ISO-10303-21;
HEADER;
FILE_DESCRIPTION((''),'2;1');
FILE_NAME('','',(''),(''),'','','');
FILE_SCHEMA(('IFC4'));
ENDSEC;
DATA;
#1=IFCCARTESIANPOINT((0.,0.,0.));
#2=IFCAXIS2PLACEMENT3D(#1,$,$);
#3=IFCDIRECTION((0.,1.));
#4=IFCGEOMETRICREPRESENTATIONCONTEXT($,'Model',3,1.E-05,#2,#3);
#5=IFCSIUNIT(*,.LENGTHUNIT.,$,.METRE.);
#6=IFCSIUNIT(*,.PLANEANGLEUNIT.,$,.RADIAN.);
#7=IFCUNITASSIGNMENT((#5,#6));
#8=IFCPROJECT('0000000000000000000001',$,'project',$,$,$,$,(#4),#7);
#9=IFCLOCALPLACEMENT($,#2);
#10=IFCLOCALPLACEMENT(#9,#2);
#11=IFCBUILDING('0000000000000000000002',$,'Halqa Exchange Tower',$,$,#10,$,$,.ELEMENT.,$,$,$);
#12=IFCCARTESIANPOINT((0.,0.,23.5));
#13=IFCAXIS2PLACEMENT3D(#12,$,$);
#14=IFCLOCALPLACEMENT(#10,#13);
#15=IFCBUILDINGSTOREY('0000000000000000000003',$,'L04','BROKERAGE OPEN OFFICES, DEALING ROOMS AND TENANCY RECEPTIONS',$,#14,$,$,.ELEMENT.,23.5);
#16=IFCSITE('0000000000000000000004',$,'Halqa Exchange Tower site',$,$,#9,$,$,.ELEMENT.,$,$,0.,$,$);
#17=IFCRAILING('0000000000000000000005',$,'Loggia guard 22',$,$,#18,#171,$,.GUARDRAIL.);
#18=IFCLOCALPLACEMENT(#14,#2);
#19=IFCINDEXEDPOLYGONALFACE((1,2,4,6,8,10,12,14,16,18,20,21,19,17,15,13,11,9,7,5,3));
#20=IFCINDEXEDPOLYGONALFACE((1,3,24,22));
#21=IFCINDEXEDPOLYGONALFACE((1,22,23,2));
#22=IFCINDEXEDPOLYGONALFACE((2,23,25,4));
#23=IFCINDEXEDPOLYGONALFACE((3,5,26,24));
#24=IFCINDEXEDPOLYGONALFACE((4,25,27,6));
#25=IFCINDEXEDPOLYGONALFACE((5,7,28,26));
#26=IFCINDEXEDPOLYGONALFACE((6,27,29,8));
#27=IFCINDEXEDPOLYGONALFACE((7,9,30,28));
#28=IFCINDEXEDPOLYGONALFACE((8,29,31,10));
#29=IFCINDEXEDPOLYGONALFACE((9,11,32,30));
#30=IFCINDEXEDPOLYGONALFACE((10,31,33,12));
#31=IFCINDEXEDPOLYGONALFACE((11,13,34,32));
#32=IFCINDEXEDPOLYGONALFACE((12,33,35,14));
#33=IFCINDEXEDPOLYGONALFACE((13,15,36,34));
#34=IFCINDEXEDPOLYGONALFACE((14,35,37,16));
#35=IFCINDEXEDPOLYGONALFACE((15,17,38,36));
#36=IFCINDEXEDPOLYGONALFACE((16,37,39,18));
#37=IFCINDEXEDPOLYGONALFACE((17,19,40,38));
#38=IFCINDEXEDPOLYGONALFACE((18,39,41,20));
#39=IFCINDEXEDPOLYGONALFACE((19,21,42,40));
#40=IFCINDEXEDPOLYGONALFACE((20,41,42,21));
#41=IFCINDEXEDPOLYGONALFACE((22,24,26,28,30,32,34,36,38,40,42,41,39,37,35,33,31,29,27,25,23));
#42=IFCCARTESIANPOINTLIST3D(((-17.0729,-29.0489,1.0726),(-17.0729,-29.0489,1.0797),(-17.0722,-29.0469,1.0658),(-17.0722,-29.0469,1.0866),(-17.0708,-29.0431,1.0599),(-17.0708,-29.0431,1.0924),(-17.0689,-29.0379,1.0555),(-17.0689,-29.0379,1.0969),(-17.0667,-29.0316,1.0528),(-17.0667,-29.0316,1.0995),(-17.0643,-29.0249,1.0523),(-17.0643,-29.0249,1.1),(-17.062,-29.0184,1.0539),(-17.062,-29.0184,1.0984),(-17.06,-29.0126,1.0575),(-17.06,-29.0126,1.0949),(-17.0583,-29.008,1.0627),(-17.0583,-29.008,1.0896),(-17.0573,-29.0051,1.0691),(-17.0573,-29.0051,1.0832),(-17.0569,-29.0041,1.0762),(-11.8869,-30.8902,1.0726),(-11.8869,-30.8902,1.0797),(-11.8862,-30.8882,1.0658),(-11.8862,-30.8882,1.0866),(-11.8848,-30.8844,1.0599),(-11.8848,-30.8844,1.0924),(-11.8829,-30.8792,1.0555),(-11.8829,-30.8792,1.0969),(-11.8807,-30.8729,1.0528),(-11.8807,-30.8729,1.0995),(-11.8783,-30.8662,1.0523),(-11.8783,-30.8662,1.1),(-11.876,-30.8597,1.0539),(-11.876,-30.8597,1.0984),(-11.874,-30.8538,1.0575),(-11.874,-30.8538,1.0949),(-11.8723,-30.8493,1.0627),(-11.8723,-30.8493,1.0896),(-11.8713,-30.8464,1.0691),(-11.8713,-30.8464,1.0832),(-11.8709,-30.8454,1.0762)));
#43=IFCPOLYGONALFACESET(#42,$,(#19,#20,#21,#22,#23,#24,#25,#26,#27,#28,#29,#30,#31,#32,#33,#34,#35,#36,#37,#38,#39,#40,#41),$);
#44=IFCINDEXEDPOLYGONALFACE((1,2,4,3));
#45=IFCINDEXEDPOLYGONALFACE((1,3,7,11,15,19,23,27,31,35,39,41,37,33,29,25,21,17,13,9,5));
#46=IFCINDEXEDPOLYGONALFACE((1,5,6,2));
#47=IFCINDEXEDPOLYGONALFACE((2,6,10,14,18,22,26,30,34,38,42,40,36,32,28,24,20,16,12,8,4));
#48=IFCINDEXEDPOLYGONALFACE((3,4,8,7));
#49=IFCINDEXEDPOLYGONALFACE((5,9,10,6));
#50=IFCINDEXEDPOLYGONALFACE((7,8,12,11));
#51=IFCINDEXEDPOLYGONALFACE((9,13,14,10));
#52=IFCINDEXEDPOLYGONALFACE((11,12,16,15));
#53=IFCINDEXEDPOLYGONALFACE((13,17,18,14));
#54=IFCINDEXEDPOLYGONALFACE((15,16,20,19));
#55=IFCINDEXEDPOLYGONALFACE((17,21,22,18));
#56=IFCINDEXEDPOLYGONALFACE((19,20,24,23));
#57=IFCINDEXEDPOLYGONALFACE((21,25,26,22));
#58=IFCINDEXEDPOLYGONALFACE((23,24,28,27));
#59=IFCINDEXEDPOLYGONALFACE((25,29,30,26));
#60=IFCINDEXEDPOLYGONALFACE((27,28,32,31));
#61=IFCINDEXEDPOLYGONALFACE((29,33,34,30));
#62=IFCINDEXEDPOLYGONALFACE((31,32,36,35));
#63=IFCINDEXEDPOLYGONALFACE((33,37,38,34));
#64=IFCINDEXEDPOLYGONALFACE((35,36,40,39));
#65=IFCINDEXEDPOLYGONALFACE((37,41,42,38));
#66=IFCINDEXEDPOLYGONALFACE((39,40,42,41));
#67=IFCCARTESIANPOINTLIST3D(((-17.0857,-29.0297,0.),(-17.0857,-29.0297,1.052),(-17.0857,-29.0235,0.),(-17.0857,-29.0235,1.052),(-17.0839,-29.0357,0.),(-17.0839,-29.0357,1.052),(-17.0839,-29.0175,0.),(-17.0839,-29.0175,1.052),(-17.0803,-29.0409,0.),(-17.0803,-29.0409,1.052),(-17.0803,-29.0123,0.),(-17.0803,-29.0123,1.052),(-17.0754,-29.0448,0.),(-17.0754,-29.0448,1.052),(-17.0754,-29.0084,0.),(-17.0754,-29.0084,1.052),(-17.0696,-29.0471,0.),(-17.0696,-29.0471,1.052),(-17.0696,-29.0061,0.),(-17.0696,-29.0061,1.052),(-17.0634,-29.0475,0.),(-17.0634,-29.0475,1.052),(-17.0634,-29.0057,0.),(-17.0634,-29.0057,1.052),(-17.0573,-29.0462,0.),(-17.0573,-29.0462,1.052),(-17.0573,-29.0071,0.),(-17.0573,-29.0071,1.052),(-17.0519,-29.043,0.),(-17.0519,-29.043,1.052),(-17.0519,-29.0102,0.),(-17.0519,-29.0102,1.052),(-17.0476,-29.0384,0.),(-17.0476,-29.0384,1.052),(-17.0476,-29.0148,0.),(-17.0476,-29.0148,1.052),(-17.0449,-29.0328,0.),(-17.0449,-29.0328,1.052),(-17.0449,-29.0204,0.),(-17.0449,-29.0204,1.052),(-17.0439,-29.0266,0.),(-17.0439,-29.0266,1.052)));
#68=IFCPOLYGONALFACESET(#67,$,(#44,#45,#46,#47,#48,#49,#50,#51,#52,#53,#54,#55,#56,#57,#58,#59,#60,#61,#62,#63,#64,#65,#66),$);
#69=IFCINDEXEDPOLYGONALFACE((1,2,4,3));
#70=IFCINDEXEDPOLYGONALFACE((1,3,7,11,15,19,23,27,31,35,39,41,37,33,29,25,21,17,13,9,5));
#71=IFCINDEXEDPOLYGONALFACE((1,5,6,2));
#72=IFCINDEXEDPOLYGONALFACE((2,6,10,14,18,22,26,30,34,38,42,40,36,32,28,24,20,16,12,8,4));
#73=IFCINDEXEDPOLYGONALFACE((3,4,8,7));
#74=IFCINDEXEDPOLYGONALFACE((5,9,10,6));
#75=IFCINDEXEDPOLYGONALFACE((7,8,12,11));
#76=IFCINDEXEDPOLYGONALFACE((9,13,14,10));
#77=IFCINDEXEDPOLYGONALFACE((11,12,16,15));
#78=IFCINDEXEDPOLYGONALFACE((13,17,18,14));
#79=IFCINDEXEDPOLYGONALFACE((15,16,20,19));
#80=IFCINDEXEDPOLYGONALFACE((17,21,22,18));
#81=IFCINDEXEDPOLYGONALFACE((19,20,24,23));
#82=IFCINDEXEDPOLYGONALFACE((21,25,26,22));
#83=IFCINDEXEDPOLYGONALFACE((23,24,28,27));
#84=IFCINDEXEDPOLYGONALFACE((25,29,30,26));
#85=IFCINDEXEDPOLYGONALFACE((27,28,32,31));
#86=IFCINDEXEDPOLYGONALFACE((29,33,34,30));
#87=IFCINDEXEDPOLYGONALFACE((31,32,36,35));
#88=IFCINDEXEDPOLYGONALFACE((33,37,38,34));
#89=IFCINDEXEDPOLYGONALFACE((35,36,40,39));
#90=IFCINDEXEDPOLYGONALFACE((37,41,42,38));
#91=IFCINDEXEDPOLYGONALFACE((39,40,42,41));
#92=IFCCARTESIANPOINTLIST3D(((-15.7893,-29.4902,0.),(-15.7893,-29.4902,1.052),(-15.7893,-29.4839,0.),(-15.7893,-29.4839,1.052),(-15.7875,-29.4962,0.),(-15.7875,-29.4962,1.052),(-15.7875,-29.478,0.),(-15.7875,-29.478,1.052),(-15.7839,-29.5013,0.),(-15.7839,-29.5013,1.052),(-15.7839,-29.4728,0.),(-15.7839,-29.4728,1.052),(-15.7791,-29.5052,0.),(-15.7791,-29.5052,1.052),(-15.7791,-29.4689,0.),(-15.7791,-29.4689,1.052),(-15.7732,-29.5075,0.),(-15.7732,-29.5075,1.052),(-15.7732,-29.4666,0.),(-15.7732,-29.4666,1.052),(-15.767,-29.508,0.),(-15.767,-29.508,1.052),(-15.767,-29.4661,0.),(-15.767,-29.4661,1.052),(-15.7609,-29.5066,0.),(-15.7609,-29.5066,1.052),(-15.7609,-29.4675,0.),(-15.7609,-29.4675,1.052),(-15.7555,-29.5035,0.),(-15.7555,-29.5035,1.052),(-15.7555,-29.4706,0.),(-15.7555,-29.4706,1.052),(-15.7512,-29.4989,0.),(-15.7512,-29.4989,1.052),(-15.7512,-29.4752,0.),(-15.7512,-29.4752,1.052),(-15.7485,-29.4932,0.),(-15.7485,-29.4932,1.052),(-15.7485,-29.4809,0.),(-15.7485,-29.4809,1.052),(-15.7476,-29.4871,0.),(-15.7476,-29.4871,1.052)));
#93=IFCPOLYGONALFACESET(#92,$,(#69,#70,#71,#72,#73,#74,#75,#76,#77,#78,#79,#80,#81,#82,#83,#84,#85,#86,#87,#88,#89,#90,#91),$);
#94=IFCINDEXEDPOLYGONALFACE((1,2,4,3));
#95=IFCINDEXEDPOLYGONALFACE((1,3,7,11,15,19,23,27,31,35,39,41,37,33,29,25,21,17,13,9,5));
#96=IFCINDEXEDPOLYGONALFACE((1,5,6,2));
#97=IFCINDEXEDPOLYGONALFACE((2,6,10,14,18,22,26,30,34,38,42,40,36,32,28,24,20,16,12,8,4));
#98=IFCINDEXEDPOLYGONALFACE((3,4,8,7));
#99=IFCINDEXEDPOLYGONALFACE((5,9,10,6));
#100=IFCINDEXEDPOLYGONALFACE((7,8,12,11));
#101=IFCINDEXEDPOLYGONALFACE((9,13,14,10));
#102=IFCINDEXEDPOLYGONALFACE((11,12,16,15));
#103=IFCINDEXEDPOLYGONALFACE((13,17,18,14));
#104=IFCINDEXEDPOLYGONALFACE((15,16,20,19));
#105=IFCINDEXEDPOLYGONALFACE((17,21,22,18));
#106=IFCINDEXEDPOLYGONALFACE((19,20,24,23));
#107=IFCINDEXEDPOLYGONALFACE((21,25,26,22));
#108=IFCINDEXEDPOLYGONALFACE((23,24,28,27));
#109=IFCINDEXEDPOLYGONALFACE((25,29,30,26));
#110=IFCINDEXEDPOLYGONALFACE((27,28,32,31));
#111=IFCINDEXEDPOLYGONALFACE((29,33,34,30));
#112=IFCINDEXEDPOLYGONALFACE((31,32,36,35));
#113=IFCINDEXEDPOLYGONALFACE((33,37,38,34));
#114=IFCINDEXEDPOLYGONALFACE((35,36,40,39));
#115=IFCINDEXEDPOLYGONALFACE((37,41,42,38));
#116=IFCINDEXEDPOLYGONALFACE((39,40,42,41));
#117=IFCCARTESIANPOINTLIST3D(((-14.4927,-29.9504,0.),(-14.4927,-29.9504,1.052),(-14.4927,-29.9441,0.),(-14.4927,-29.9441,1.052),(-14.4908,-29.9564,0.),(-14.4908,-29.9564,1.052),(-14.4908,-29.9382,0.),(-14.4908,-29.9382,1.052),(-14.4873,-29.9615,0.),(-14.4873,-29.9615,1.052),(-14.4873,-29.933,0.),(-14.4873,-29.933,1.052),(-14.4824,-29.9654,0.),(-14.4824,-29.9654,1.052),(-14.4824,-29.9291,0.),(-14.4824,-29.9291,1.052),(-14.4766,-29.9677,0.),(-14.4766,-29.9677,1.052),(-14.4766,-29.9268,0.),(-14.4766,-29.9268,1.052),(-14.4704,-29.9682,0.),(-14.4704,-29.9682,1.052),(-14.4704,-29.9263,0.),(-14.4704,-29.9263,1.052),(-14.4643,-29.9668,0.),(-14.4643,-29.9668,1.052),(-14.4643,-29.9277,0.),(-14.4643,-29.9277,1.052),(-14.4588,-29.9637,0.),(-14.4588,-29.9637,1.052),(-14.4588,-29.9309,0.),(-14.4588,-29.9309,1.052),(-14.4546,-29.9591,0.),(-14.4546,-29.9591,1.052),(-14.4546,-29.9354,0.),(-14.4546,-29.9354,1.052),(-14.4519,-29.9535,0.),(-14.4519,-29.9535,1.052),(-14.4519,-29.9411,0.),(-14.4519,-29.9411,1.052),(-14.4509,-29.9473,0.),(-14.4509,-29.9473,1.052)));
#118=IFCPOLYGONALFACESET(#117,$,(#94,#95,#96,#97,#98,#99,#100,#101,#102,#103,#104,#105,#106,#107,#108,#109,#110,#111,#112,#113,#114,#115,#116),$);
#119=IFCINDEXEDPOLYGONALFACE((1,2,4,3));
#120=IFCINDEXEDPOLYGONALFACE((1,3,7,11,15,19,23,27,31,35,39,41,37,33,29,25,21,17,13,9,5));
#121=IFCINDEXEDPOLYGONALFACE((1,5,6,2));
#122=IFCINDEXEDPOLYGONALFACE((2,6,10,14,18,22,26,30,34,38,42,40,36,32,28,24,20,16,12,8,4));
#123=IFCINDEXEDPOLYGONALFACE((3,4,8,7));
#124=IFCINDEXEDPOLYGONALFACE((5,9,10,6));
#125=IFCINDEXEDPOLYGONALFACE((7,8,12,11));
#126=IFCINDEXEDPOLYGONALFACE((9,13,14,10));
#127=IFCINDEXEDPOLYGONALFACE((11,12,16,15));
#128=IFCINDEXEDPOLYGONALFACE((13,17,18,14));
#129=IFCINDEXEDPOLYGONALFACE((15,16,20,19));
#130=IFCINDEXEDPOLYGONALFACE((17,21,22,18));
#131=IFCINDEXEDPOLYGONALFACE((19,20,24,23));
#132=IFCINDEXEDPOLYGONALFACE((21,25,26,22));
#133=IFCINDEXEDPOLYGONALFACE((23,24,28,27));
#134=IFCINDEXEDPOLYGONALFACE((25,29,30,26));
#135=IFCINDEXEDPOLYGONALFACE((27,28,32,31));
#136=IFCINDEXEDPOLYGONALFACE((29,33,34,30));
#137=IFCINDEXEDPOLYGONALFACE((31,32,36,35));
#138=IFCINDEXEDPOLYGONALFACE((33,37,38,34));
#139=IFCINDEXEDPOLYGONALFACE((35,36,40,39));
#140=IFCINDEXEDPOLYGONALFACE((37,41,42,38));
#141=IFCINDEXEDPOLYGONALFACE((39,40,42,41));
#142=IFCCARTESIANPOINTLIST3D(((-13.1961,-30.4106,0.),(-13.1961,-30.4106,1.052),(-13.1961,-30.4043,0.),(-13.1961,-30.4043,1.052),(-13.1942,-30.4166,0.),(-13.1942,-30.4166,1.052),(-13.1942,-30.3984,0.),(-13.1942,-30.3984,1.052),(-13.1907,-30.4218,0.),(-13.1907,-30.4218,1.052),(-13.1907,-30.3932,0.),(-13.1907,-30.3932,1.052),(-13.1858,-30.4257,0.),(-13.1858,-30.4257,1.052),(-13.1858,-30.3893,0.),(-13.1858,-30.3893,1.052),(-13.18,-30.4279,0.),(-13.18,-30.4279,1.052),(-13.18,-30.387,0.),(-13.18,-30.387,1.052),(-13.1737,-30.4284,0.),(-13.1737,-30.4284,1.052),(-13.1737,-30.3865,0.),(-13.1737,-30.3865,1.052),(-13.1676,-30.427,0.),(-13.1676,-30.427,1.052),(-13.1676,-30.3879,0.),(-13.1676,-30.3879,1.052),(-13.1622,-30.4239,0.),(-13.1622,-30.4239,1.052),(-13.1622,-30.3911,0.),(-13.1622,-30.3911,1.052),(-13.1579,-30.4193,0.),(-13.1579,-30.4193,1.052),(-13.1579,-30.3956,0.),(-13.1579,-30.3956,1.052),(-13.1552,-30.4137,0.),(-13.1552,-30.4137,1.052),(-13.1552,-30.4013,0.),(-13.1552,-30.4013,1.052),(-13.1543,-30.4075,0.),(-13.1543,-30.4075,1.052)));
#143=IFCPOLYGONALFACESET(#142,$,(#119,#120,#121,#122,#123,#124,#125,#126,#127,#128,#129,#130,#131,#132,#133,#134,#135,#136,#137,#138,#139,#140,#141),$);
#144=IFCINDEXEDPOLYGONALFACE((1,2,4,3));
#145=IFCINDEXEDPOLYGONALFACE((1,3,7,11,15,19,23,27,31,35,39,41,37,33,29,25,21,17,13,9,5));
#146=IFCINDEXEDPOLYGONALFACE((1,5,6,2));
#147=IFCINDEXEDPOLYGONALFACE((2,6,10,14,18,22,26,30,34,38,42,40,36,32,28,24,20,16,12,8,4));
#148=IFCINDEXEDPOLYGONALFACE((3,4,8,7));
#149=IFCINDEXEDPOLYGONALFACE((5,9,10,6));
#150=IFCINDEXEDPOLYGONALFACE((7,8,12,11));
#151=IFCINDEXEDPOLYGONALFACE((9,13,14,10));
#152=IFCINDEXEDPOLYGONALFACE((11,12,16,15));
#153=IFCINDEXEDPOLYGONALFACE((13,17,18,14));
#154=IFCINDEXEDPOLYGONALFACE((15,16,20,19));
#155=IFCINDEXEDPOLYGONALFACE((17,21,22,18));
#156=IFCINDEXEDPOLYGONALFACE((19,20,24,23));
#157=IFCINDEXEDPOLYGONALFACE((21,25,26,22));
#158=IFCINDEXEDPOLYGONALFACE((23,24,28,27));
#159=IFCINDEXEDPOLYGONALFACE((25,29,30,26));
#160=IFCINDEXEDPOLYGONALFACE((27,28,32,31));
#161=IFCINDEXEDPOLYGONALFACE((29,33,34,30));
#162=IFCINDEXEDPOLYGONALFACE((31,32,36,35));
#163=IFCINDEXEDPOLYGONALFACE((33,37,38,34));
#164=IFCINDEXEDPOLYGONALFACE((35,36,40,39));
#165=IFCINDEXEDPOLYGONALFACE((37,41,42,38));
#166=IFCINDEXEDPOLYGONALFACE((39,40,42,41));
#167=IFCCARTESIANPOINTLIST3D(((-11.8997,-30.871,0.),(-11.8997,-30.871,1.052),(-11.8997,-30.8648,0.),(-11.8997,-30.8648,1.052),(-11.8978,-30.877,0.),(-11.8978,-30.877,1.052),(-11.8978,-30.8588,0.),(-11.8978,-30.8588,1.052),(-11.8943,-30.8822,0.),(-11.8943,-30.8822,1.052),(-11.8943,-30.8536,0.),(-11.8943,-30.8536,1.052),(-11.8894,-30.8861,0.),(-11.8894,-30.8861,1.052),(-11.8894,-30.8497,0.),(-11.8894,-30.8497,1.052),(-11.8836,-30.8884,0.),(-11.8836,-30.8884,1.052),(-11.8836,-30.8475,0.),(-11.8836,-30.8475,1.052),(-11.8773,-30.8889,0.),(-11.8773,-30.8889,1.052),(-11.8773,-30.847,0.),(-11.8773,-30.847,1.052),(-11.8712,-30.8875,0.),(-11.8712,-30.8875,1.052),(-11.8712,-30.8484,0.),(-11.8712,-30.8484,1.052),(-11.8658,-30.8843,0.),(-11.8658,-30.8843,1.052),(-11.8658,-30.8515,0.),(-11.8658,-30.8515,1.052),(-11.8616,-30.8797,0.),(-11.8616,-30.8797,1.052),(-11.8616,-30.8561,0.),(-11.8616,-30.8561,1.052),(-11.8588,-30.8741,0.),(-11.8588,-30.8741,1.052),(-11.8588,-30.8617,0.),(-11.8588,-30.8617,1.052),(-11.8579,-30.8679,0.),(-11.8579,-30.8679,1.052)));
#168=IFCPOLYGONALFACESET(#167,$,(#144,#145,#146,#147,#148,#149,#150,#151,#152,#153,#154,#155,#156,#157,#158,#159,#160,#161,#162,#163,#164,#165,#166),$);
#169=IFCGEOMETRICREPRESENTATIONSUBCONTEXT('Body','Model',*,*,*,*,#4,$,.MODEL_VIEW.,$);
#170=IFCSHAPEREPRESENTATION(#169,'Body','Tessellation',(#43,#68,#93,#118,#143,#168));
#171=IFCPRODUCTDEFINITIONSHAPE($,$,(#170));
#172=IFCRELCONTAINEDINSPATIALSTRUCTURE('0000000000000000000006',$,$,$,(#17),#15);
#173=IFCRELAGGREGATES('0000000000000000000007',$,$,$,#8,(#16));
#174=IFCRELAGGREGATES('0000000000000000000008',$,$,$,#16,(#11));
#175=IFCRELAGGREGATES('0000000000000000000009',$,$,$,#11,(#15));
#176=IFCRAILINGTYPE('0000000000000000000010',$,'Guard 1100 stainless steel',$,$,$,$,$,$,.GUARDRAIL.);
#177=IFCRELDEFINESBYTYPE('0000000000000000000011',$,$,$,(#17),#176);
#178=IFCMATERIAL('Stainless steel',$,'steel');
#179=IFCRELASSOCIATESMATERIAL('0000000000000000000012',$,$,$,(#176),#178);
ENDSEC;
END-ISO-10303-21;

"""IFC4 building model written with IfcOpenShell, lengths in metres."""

from ifc_helpers import new_model, si_unit, direction, frame, origin, origin_2d, place, context, subcontext, project, spatial, circle, extrude, material, type_object, element, save


model = new_model("IFC4")

# Units and contexts
model_context = context("Model", 3, precision=1e-05, world=origin(), true_north=direction((0.0, 1.0)))
body_context = subcontext(model_context, "Body", "Model", "MODEL_VIEW")
ifc_project = project(units=[si_unit("LENGTHUNIT", "METRE"), si_unit("PLANEANGLEUNIT", "RADIAN")], contexts=[model_context])

# Site, building, storey
site_placement = place(None, origin())
site = spatial("IfcSite", under=ifc_project, at=site_placement, Name="Halqa Exchange Tower site", CompositionType="ELEMENT", RefElevation=0.0)
building_placement = place(site_placement, origin())
building = spatial("IfcBuilding", under=site, at=building_placement, Name="Halqa Exchange Tower", CompositionType="ELEMENT")
storey_placement = place(building_placement, frame((0.0, 0.0, 23.5)))
storey = spatial("IfcBuildingStorey", under=building, at=storey_placement, Name="L04", Description="BROKERAGE OPEN OFFICES, DEALING ROOMS AND TENANCY RECEPTIONS", CompositionType="ELEMENT", Elevation=23.5)

# Railing
ifc_material_1 = material(Name="Stainless steel", Category="steel")
railing_type = type_object("IfcRailingType", Name="Guard 1100 stainless steel", PredefinedType="GUARDRAIL", material=ifc_material_1)
railing_1_placement = place(storey_placement, frame((-17.0649, -29.0266, 0.0)))
element("IfcRailing", 1, at=railing_1_placement, inside=storey, type_object=railing_type, Name="Loggia guard 22", PredefinedType="GUARDRAIL", context=body_context, shape_type="SweptSolid", body=[
    extrude(circle(Radius=0.0239, at=origin_2d()), frame((0.0, 0.0, 1.0762), z_axis=(0.942365, -0.334588, 0.0), x_axis=(0.334588, 0.942365, 0.0)), (0.0, 0.0, 1.0), 5.5032),
    extrude(circle(Radius=0.021, at=origin_2d()), origin(), (0.0, 0.0, 1.0), 1.052),
    extrude(circle(Radius=0.021, at=origin_2d()), frame((1.2964, -0.4604, 0.0)), (0.0, 0.0, 1.0), 1.052),
    extrude(circle(Radius=0.021, at=origin_2d()), frame((2.593, -0.9207, 0.0)), (0.0, 0.0, 1.0), 1.052),
    extrude(circle(Radius=0.021, at=origin_2d()), frame((3.8896, -1.3809, 0.0)), (0.0, 0.0, 1.0), 1.052),
    extrude(circle(Radius=0.021, at=origin_2d()), frame((5.186, -1.8413, 0.0)), (0.0, 0.0, 1.0), 1.052),
])

save(model, "model.ifc")
